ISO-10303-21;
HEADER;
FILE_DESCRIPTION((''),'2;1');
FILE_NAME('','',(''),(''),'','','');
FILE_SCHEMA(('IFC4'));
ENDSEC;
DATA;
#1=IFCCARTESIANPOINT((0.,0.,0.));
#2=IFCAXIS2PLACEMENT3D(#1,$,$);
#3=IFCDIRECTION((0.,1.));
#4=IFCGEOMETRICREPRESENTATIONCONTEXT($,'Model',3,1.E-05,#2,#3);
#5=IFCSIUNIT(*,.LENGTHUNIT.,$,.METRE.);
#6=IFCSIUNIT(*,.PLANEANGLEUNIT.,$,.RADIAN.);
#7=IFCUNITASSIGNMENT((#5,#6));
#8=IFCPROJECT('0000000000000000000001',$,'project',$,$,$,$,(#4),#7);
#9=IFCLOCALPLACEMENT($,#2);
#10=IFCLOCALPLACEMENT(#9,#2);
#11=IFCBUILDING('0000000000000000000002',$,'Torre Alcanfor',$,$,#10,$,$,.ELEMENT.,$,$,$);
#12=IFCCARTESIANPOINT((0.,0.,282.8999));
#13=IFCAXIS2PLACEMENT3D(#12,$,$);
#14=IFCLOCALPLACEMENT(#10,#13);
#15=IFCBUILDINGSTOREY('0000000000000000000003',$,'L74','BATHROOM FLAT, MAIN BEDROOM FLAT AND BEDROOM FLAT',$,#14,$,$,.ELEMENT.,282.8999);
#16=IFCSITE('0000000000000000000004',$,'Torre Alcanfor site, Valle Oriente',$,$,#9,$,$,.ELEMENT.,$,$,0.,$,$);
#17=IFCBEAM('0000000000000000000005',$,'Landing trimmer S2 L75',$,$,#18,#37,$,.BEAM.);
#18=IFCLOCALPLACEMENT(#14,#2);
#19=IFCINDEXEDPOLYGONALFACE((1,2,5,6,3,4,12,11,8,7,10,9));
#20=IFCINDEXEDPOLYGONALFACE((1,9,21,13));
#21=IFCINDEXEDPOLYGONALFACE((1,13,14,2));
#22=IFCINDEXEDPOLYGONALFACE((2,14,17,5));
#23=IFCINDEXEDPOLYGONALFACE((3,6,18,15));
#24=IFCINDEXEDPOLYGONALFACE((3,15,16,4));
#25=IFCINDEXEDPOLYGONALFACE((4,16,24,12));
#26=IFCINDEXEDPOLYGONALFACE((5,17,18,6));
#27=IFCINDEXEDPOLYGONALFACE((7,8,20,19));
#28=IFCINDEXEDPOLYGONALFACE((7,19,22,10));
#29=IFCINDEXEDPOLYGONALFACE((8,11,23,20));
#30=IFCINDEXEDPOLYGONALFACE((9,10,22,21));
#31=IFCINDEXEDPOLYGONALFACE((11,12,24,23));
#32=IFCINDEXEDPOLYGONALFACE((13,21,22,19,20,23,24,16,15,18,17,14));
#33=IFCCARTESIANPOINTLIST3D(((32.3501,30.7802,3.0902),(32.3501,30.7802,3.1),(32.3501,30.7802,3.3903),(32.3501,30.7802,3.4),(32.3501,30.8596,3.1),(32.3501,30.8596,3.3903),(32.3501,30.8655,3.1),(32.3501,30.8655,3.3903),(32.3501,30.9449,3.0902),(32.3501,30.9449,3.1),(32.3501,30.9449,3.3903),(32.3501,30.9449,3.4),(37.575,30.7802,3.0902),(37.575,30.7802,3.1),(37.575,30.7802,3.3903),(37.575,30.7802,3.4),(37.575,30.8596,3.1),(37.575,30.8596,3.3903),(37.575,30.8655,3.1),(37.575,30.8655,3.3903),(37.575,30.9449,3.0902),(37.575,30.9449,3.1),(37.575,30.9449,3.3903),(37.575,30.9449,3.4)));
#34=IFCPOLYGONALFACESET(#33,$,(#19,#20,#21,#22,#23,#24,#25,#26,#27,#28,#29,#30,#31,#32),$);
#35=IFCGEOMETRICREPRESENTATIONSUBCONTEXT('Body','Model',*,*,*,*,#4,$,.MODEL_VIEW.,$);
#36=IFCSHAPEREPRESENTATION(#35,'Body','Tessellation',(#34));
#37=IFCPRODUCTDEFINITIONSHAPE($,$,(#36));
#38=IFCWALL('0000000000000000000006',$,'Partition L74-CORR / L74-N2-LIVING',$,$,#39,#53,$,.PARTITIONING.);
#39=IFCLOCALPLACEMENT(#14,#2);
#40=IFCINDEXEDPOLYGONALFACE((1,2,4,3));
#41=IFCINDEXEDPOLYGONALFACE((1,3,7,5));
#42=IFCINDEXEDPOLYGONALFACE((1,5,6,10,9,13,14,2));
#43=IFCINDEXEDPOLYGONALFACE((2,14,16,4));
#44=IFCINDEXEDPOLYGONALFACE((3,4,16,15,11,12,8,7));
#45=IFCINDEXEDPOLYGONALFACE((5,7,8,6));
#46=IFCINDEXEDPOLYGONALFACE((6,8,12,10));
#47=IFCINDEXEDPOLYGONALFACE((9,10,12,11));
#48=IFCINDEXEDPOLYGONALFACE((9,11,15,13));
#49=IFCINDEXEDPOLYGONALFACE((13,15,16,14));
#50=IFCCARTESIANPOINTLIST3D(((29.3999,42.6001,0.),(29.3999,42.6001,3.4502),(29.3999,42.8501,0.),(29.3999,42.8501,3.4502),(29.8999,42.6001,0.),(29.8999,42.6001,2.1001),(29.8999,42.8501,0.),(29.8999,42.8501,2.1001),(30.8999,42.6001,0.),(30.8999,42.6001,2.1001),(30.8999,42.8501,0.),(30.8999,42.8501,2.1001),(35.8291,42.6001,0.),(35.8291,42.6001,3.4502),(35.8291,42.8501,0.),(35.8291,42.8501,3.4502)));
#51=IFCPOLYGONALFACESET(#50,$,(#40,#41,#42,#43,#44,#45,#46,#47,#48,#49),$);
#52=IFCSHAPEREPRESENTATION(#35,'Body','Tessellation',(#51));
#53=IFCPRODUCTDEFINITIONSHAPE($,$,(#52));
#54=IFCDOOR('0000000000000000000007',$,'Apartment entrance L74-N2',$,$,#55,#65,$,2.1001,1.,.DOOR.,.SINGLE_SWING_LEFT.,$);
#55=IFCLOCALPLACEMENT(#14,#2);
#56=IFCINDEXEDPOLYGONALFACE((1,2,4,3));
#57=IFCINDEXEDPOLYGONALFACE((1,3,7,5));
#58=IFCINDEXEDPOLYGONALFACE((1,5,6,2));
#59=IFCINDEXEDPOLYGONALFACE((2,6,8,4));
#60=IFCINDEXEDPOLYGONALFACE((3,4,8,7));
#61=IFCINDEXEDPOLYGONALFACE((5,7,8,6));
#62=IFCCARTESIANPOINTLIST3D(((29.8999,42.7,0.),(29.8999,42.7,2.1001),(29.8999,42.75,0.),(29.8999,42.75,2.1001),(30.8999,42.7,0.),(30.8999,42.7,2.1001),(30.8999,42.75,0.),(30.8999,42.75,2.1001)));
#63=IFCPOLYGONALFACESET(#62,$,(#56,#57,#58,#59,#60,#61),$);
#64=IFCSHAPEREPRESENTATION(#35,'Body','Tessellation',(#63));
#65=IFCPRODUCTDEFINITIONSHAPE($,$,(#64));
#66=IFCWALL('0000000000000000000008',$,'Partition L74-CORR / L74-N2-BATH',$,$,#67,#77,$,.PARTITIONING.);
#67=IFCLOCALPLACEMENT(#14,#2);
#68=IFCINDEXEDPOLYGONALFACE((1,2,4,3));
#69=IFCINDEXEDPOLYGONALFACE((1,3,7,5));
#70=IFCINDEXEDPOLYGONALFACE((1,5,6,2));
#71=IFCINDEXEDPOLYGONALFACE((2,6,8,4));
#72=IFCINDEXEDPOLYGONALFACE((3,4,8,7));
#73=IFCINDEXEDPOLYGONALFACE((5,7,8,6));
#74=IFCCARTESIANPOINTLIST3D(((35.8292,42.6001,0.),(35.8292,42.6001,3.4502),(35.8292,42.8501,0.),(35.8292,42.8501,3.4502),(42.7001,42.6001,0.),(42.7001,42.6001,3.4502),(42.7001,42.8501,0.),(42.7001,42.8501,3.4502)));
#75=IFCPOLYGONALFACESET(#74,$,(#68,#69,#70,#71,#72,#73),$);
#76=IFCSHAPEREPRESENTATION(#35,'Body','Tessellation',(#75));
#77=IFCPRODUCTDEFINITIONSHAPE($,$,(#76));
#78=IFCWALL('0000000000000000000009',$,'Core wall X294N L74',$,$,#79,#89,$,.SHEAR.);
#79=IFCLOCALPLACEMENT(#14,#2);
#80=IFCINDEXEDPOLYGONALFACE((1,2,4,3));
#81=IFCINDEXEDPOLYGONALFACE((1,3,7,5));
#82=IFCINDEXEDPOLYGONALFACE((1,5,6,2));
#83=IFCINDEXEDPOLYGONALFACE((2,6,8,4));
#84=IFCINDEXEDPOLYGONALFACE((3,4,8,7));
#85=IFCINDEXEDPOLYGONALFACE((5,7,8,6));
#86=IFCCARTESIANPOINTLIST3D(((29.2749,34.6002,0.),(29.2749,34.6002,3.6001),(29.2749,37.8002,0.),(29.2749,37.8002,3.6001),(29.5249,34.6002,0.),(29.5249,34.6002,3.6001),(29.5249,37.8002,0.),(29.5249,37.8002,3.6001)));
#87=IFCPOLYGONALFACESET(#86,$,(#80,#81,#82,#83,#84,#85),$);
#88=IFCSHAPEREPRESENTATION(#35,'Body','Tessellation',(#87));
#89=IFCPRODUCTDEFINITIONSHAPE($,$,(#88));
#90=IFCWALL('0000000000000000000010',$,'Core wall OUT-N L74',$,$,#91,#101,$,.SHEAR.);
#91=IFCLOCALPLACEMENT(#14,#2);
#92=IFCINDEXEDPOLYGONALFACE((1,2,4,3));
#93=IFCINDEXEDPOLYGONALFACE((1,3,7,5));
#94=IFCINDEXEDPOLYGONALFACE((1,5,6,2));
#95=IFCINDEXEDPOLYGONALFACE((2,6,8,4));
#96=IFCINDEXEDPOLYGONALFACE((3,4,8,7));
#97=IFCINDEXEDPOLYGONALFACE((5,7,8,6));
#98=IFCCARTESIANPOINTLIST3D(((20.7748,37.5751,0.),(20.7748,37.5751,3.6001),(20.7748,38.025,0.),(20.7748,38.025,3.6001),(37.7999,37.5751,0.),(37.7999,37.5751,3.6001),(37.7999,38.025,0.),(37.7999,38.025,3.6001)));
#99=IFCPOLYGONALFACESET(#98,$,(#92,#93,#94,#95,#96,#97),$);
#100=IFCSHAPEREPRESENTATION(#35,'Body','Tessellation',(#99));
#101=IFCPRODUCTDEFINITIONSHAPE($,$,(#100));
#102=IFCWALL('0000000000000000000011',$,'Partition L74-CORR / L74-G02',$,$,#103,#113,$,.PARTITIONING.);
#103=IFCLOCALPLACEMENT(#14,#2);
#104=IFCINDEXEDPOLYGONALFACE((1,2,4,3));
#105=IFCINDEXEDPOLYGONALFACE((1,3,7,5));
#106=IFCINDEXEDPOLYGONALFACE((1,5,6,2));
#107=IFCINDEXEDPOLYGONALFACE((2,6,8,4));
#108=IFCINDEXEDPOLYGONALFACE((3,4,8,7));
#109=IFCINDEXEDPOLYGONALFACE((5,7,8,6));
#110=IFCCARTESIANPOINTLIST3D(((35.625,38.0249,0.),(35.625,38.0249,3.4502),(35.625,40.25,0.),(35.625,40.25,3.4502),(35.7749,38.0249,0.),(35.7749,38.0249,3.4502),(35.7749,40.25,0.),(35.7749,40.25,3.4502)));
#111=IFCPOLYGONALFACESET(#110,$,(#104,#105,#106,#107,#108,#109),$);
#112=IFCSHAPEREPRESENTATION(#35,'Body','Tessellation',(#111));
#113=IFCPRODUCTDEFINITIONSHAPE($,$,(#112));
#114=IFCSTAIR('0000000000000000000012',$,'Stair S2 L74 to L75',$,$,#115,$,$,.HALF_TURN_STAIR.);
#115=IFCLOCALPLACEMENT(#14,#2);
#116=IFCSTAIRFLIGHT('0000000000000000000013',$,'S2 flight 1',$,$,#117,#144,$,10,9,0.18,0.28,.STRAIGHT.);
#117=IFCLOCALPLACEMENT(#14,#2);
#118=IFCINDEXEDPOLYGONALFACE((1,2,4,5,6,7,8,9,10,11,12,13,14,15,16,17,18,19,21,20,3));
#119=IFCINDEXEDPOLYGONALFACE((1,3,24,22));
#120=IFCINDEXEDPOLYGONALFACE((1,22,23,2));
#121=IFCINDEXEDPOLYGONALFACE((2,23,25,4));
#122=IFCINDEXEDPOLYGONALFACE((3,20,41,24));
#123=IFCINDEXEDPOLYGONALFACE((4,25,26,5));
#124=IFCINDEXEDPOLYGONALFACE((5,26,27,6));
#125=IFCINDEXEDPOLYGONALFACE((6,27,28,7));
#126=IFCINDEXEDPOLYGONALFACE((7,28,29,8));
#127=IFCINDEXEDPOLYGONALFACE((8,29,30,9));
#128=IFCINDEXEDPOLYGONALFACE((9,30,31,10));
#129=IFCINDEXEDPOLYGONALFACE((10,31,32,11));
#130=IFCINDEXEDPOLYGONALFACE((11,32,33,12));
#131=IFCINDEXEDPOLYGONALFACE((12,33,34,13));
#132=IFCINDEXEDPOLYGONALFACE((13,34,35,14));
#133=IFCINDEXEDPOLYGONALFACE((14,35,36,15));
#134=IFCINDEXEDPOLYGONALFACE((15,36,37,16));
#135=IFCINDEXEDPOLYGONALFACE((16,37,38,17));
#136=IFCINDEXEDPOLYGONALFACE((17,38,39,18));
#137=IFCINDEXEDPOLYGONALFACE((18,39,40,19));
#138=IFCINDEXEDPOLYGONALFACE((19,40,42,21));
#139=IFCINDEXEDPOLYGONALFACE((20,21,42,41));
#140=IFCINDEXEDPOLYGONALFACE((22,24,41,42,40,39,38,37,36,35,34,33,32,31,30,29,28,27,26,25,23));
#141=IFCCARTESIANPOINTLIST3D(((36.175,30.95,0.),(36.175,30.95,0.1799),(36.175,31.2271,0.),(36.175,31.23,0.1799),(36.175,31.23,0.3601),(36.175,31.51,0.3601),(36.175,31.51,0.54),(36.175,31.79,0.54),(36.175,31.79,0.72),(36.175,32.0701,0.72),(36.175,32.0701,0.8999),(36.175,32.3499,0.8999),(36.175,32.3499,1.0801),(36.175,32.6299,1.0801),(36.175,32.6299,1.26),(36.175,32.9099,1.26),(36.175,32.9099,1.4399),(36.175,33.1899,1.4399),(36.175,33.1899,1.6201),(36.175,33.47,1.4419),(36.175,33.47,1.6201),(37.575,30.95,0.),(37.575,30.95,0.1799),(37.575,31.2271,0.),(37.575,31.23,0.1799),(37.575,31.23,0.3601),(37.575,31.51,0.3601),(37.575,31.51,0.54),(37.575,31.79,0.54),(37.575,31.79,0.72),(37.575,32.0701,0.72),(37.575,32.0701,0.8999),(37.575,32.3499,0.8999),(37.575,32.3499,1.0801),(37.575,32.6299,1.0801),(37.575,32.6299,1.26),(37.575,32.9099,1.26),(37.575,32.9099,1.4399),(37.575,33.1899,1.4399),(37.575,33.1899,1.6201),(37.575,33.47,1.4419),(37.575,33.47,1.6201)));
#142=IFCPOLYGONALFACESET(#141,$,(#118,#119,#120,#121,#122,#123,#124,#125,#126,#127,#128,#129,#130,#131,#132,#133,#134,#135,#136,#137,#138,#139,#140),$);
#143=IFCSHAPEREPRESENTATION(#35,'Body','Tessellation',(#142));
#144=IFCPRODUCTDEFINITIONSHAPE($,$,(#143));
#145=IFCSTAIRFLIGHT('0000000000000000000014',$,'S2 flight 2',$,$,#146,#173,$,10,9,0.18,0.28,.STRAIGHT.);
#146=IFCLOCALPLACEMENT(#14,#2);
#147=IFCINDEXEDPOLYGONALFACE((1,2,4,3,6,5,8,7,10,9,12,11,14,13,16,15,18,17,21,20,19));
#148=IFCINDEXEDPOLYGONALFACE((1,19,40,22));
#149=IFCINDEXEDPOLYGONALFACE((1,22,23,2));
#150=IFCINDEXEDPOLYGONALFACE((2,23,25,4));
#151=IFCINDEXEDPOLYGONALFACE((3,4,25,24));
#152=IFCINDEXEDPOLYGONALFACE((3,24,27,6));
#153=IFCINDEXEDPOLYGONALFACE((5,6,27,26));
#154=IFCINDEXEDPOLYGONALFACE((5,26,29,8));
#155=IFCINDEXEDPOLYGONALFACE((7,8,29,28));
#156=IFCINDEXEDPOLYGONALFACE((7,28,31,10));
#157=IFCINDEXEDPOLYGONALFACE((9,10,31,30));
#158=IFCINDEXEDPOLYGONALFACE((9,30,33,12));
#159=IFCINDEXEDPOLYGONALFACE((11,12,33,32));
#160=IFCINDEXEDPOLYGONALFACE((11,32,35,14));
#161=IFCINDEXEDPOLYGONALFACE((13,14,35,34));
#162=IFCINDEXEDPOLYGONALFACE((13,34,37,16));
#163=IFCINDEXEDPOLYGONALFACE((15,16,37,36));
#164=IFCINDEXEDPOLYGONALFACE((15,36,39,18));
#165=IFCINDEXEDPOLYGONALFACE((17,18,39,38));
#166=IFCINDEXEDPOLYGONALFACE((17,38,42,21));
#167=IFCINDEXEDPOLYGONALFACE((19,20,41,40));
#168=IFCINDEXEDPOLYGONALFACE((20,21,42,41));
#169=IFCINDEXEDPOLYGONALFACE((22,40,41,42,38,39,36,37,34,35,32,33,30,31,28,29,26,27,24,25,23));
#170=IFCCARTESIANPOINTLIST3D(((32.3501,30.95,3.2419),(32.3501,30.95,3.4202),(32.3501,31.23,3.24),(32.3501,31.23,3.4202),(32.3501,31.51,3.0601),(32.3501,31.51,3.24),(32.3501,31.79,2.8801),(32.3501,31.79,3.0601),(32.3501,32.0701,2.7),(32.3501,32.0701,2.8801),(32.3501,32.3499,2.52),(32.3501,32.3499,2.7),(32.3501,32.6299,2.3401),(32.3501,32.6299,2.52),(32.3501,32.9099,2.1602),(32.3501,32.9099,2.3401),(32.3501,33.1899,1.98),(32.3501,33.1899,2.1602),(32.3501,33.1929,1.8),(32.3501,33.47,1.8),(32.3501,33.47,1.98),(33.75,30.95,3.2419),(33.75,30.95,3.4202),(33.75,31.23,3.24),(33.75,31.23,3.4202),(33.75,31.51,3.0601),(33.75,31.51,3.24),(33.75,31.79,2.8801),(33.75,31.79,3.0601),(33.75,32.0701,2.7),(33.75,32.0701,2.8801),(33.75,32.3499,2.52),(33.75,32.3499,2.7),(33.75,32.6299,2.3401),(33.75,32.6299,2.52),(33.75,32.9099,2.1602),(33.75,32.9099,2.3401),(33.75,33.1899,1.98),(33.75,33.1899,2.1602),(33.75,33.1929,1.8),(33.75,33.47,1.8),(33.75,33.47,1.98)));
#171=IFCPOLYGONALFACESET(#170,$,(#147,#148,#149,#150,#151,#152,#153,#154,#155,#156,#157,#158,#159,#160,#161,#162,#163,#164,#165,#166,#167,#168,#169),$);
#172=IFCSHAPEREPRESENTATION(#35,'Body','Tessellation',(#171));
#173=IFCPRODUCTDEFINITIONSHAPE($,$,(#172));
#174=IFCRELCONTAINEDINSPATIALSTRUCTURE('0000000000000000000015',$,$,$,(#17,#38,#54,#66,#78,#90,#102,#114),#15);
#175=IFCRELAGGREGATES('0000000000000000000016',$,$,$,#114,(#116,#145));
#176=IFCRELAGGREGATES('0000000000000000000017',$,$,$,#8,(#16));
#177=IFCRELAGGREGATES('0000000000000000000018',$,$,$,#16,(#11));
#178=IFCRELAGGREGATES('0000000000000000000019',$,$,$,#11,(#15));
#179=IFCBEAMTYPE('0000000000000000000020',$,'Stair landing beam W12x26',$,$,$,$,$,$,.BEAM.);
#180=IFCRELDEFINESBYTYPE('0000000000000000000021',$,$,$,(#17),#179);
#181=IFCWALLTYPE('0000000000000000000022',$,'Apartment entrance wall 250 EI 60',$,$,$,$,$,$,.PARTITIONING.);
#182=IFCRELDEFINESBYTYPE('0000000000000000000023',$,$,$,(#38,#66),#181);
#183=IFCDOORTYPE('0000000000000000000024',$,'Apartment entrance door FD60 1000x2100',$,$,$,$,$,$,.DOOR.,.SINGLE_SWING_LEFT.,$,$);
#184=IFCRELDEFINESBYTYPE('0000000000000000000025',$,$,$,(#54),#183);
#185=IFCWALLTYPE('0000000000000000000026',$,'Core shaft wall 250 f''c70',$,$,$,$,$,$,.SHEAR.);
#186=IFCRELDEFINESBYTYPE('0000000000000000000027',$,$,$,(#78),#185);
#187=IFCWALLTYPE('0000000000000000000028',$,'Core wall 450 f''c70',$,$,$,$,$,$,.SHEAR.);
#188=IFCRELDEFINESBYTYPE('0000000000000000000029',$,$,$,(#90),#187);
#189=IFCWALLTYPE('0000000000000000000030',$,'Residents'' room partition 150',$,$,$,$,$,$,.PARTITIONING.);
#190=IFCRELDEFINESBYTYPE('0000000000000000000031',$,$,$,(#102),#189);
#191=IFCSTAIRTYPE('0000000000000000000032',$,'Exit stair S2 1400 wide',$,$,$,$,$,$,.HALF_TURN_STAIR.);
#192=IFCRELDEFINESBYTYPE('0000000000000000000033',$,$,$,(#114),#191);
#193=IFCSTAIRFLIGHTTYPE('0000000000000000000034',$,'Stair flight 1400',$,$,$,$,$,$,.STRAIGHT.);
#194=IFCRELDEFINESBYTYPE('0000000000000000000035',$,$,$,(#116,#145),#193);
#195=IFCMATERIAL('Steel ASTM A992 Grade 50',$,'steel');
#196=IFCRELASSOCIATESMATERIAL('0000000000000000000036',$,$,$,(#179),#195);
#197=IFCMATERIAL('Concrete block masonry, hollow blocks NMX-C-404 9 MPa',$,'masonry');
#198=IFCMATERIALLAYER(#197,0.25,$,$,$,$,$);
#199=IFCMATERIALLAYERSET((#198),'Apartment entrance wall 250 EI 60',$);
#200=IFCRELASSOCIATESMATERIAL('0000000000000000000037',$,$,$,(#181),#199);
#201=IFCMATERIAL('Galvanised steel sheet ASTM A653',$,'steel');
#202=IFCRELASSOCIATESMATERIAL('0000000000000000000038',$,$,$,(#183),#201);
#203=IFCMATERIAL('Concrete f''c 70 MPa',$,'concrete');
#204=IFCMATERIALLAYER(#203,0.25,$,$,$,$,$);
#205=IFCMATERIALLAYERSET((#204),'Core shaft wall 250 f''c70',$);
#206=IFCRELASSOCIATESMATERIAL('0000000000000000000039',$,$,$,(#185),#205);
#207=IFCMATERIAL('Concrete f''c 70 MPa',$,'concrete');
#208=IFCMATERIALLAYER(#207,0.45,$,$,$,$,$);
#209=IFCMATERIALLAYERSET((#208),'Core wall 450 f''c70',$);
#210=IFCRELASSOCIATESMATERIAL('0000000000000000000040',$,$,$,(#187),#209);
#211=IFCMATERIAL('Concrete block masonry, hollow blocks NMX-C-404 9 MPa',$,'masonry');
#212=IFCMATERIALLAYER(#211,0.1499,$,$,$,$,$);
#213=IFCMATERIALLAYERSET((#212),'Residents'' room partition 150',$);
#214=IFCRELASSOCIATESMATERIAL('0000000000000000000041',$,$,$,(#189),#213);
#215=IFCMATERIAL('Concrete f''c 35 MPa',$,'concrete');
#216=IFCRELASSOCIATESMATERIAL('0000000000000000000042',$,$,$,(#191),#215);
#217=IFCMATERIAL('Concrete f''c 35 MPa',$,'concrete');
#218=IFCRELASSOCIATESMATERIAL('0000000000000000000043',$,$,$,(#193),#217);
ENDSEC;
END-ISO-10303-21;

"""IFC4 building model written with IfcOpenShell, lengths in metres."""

from ifc_helpers import new_model, si_unit, direction, frame, frame_2d, origin, origin_2d, place, context, subcontext, project, spatial, polyline, rectangle, i_section, outline, extrude, material, layer, layer_set, material_profile, profile_set, type_object, element, fill, aggregate, save


model = new_model("IFC4")

# Units and contexts
model_context = context("Model", 3, precision=1e-05, world=origin(), true_north=direction((0.0, 1.0)))
body_context = subcontext(model_context, "Body", "Model", "MODEL_VIEW")
ifc_project = project(units=[si_unit("LENGTHUNIT", "METRE"), si_unit("PLANEANGLEUNIT", "RADIAN")], contexts=[model_context])

# Site, building, storey
site_placement = place(None, origin())
site = spatial("IfcSite", under=ifc_project, at=site_placement, Name="Torre Alcanfor site, Valle Oriente", CompositionType="ELEMENT", RefElevation=0.0)
building_placement = place(site_placement, origin())
building = spatial("IfcBuilding", under=site, at=building_placement, Name="Torre Alcanfor", CompositionType="ELEMENT")
storey_placement = place(building_placement, frame((0.0, 0.0, 282.8999)))
storey = spatial("IfcBuildingStorey", under=building, at=storey_placement, Name="L74", Description="BATHROOM FLAT, MAIN BEDROOM FLAT AND BEDROOM FLAT", CompositionType="ELEMENT", Elevation=282.8999)

# Beam
ifc_material_1 = material(Name="Steel ASTM A992 Grade 50", Category="steel")
ifc_material_profile_1 = material_profile(ifc_material_1, i_section(OverallWidth=0.1648, OverallDepth=0.3098, WebThickness=0.0059, FlangeThickness=0.0098, at=origin_2d()), Name="W12x26")
ifc_profile_set_1 = profile_set([ifc_material_profile_1], Name="Steel ASTM A992 Grade 50")
beam_type_1 = type_object("IfcBeamType", Name="Stair landing beam W12x26", PredefinedType="BEAM", material=ifc_profile_set_1)
beam_1_placement = place(storey_placement, frame((32.3501, 30.8625, 3.2451), z_axis=(1.0, 0.0, 0.0), x_axis=(0.0, 1.0, 0.0)))
element("IfcBeam", 1, at=beam_1_placement, inside=storey, type_object=beam_type_1, Name="Landing trimmer S2 L75", PredefinedType="BEAM", context=body_context, shape_type="SweptSolid", body=[
    extrude(i_section(OverallWidth=0.1648, OverallDepth=0.3098, WebThickness=0.0059, FlangeThickness=0.0098, at=origin_2d()), origin(), (0.0, 0.0, 1.0), 5.2249),
])

# Wall, opening, door
ifc_material_2 = material(Name="Concrete block masonry, hollow blocks NMX-C-404 9 MPa", Category="masonry")
ifc_layer_1 = layer(ifc_material_2, 0.25)
ifc_layer_set_1 = layer_set([ifc_layer_1], Name="Apartment entrance wall 250 EI 60")
wall_type_1 = type_object("IfcWallType", Name="Apartment entrance wall 250 EI 60", PredefinedType="PARTITIONING", material=ifc_layer_set_1)
wall_1_placement = place(storey_placement, frame((29.3999, 42.7251, 0.0), z_axis=(0.0, 0.0, 1.0), x_axis=(1.0, 0.0, 0.0)))
wall_1 = element("IfcWall", 2, at=wall_1_placement, inside=storey, type_object=wall_type_1, Name="Partition L74-CORR / L74-N2-LIVING", PredefinedType="PARTITIONING", context=body_context, shape_type="SweptSolid", body=[
    extrude(rectangle(XDim=6.4292, YDim=0.25, at=frame_2d((3.2146, 0.0))), origin(), (0.0, 0.0, 1.0), 3.4502),
])
opening_placement = place(wall_1_placement, frame((0.5, 0.0, 0.0)))
opening = element("IfcOpeningElement", 3, at=opening_placement, cuts=wall_1, PredefinedType="OPENING", context=body_context, shape_type="SweptSolid", body=[
    extrude(rectangle(XDim=1.0, YDim=2.1001, at=frame_2d((0.5, 1.05))), frame((0.0, 0.135, 0.0), z_axis=(0.0, -1.0, 0.0), x_axis=(1.0, 0.0, 0.0)), (0.0, 0.0, 1.0), 0.27),
])
ifc_material_3 = material(Name="Galvanised steel sheet ASTM A653", Category="steel")
door_type = type_object("IfcDoorType", Name="Apartment entrance door FD60 1000x2100", OperationType="SINGLE_SWING_LEFT", PredefinedType="DOOR", material=ifc_material_3)
door_placement = place(opening_placement, origin())
door = element("IfcDoor", 4, at=door_placement, inside=storey, type_object=door_type, Name="Apartment entrance L74-N2", OperationType="SINGLE_SWING_LEFT", OverallHeight=2.1001, OverallWidth=1.0, PredefinedType="DOOR", context=body_context, shape_type="SweptSolid", body=[
    extrude(rectangle(XDim=1.0, YDim=2.1001, at=frame_2d((0.5, 1.05))), frame((0.0, 0.0249, 0.0), z_axis=(0.0, -1.0, 0.0), x_axis=(1.0, 0.0, 0.0)), (0.0, 0.0, 1.0), 0.05),
])
fill(opening, door)

# Walls
wall_2_placement = place(storey_placement, frame((35.8291, 42.7251, 0.0), z_axis=(0.0, 0.0, 1.0), x_axis=(1.0, 0.0, 0.0)))
element("IfcWall", 5, at=wall_2_placement, inside=storey, type_object=wall_type_1, Name="Partition L74-CORR / L74-N2-BATH", PredefinedType="PARTITIONING", context=body_context, shape_type="SweptSolid", body=[
    extrude(rectangle(XDim=6.8708, YDim=0.25, at=frame_2d((3.4355, 0.0))), origin(), (0.0, 0.0, 1.0), 3.4502),
])
ifc_material_4 = material(Name="Concrete f'c 70 MPa", Category="concrete")
ifc_layer_2 = layer(ifc_material_4, 0.25)
ifc_layer_set_2 = layer_set([ifc_layer_2], Name="Core shaft wall 250 f'c70")
wall_type_2 = type_object("IfcWallType", Name="Core shaft wall 250 f'c70", PredefinedType="SHEAR", material=ifc_layer_set_2)
wall_3_placement = place(storey_placement, frame((29.3999, 34.6001, 0.0), z_axis=(0.0, 0.0, 1.0), x_axis=(0.0, 1.0, 0.0)))
element("IfcWall", 6, at=wall_3_placement, inside=storey, type_object=wall_type_2, Name="Core wall X294N L74", PredefinedType="SHEAR", context=body_context, shape_type="SweptSolid", body=[
    extrude(rectangle(XDim=3.2, YDim=0.25, at=frame_2d((1.6001, 0.0))), origin(), (0.0, 0.0, 1.0), 3.6001),
])
ifc_material_5 = material(Name="Concrete f'c 70 MPa", Category="concrete")
ifc_layer_3 = layer(ifc_material_5, 0.45)
ifc_layer_set_3 = layer_set([ifc_layer_3], Name="Core wall 450 f'c70")
wall_type_3 = type_object("IfcWallType", Name="Core wall 450 f'c70", PredefinedType="SHEAR", material=ifc_layer_set_3)
wall_4_placement = place(storey_placement, frame((37.8, 37.8, 0.0), z_axis=(0.0, 0.0, 1.0), x_axis=(-1.0, 0.0, 0.0)))
element("IfcWall", 7, at=wall_4_placement, inside=storey, type_object=wall_type_3, Name="Core wall OUT-N L74", PredefinedType="SHEAR", context=body_context, shape_type="SweptSolid", body=[
    extrude(rectangle(XDim=17.0251, YDim=0.45, at=frame_2d((8.5127, 0.0))), origin(), (0.0, 0.0, 1.0), 3.6001),
])
ifc_material_6 = material(Name="Concrete block masonry, hollow blocks NMX-C-404 9 MPa", Category="masonry")
ifc_layer_4 = layer(ifc_material_6, 0.1499)
ifc_layer_set_4 = layer_set([ifc_layer_4], Name="Residents' room partition 150")
wall_type_4 = type_object("IfcWallType", Name="Residents' room partition 150", PredefinedType="PARTITIONING", material=ifc_layer_set_4)
wall_5_placement = place(storey_placement, frame((35.7, 40.25, 0.0), z_axis=(0.0, 0.0, 1.0), x_axis=(0.0, -1.0, 0.0)))
element("IfcWall", 8, at=wall_5_placement, inside=storey, type_object=wall_type_4, Name="Partition L74-CORR / L74-G02", PredefinedType="PARTITIONING", context=body_context, shape_type="SweptSolid", body=[
    extrude(rectangle(XDim=2.2251, YDim=0.1499, at=frame_2d((1.1125, 0.0))), origin(), (0.0, 0.0, 1.0), 3.4502),
])

# Stair, stair flights
ifc_material_7 = material(Name="Concrete f'c 35 MPa", Category="concrete")
stair_type = type_object("IfcStairType", Name="Exit stair S2 1400 wide", PredefinedType="HALF_TURN_STAIR", material=ifc_material_7)
stair_placement = place(storey_placement, origin())
stair = element("IfcStair", 9, at=stair_placement, inside=storey, type_object=stair_type, Name="Stair S2 L74 to L75", PredefinedType="HALF_TURN_STAIR")
ifc_material_8 = material(Name="Concrete f'c 35 MPa", Category="concrete")
stair_flight_type = type_object("IfcStairFlightType", Name="Stair flight 1400", PredefinedType="STRAIGHT", material=ifc_material_8)
stair_flight_1_placement = place(storey_placement, frame((36.875, 30.95, 0.0), z_axis=(0.0, 0.0, 1.0), x_axis=(0.0, 1.0, 0.0)))
stair_flight_1 = element("IfcStairFlight", 10, at=stair_flight_1_placement, type_object=stair_flight_type, Name="S2 flight 1", NumberOfRisers=10, NumberOfTreads=9, PredefinedType="STRAIGHT", RiserHeight=0.18, TreadLength=0.28, context=body_context, shape_type="SweptSolid", body=[
    extrude(outline(polyline([(0.0, 0.0), (0.0, 0.1799), (0.28, 0.1799), (0.28, 0.3601), (0.5601, 0.3601), (0.5601, 0.54), (0.8401, 0.54), (0.8401, 0.72), (1.1201, 0.72), (1.1201, 0.8999), (1.3999, 0.8999), (1.3999, 1.0801), (1.6799, 1.0801), (1.6799, 1.26), (1.96, 1.26), (1.96, 1.4399), (2.24, 1.4399), (2.24, 1.6201), (2.52, 1.6201), (2.52, 1.8), (2.52, 1.4419), (0.2771, 0.0), (0.0, 0.0)])), frame((0.0, 0.7, 0.0), z_axis=(0.0, -1.0, 0.0), x_axis=(1.0, 0.0, 0.0)), (0.0, 0.0, 1.0), 1.3999),
])
stair_flight_2_placement = place(storey_placement, frame((33.05, 33.47, 1.8), z_axis=(0.0, 0.0, 1.0), x_axis=(0.0, -1.0, 0.0)))
stair_flight_2 = element("IfcStairFlight", 11, at=stair_flight_2_placement, type_object=stair_flight_type, Name="S2 flight 2", NumberOfRisers=10, NumberOfTreads=9, PredefinedType="STRAIGHT", RiserHeight=0.18, TreadLength=0.28, context=body_context, shape_type="SweptSolid", body=[
    extrude(outline(polyline([(0.0, 0.0), (0.0, 0.1799), (0.28, 0.1799), (0.28, 0.3601), (0.5601, 0.3601), (0.5601, 0.54), (0.8401, 0.54), (0.8401, 0.72), (1.1201, 0.72), (1.1201, 0.8999), (1.3999, 0.8999), (1.3999, 1.0801), (1.6799, 1.0801), (1.6799, 1.26), (1.96, 1.26), (1.96, 1.4399), (2.24, 1.4399), (2.24, 1.6201), (2.52, 1.6201), (2.52, 1.8), (2.52, 1.4419), (0.2771, 0.0), (0.0, 0.0)])), frame((0.0, 0.7, 0.0), z_axis=(0.0, -1.0, 0.0), x_axis=(1.0, 0.0, 0.0)), (0.0, 0.0, 1.0), 1.3999),
])
aggregate(stair, [stair_flight_1, stair_flight_2])

save(model, "model.ifc")
